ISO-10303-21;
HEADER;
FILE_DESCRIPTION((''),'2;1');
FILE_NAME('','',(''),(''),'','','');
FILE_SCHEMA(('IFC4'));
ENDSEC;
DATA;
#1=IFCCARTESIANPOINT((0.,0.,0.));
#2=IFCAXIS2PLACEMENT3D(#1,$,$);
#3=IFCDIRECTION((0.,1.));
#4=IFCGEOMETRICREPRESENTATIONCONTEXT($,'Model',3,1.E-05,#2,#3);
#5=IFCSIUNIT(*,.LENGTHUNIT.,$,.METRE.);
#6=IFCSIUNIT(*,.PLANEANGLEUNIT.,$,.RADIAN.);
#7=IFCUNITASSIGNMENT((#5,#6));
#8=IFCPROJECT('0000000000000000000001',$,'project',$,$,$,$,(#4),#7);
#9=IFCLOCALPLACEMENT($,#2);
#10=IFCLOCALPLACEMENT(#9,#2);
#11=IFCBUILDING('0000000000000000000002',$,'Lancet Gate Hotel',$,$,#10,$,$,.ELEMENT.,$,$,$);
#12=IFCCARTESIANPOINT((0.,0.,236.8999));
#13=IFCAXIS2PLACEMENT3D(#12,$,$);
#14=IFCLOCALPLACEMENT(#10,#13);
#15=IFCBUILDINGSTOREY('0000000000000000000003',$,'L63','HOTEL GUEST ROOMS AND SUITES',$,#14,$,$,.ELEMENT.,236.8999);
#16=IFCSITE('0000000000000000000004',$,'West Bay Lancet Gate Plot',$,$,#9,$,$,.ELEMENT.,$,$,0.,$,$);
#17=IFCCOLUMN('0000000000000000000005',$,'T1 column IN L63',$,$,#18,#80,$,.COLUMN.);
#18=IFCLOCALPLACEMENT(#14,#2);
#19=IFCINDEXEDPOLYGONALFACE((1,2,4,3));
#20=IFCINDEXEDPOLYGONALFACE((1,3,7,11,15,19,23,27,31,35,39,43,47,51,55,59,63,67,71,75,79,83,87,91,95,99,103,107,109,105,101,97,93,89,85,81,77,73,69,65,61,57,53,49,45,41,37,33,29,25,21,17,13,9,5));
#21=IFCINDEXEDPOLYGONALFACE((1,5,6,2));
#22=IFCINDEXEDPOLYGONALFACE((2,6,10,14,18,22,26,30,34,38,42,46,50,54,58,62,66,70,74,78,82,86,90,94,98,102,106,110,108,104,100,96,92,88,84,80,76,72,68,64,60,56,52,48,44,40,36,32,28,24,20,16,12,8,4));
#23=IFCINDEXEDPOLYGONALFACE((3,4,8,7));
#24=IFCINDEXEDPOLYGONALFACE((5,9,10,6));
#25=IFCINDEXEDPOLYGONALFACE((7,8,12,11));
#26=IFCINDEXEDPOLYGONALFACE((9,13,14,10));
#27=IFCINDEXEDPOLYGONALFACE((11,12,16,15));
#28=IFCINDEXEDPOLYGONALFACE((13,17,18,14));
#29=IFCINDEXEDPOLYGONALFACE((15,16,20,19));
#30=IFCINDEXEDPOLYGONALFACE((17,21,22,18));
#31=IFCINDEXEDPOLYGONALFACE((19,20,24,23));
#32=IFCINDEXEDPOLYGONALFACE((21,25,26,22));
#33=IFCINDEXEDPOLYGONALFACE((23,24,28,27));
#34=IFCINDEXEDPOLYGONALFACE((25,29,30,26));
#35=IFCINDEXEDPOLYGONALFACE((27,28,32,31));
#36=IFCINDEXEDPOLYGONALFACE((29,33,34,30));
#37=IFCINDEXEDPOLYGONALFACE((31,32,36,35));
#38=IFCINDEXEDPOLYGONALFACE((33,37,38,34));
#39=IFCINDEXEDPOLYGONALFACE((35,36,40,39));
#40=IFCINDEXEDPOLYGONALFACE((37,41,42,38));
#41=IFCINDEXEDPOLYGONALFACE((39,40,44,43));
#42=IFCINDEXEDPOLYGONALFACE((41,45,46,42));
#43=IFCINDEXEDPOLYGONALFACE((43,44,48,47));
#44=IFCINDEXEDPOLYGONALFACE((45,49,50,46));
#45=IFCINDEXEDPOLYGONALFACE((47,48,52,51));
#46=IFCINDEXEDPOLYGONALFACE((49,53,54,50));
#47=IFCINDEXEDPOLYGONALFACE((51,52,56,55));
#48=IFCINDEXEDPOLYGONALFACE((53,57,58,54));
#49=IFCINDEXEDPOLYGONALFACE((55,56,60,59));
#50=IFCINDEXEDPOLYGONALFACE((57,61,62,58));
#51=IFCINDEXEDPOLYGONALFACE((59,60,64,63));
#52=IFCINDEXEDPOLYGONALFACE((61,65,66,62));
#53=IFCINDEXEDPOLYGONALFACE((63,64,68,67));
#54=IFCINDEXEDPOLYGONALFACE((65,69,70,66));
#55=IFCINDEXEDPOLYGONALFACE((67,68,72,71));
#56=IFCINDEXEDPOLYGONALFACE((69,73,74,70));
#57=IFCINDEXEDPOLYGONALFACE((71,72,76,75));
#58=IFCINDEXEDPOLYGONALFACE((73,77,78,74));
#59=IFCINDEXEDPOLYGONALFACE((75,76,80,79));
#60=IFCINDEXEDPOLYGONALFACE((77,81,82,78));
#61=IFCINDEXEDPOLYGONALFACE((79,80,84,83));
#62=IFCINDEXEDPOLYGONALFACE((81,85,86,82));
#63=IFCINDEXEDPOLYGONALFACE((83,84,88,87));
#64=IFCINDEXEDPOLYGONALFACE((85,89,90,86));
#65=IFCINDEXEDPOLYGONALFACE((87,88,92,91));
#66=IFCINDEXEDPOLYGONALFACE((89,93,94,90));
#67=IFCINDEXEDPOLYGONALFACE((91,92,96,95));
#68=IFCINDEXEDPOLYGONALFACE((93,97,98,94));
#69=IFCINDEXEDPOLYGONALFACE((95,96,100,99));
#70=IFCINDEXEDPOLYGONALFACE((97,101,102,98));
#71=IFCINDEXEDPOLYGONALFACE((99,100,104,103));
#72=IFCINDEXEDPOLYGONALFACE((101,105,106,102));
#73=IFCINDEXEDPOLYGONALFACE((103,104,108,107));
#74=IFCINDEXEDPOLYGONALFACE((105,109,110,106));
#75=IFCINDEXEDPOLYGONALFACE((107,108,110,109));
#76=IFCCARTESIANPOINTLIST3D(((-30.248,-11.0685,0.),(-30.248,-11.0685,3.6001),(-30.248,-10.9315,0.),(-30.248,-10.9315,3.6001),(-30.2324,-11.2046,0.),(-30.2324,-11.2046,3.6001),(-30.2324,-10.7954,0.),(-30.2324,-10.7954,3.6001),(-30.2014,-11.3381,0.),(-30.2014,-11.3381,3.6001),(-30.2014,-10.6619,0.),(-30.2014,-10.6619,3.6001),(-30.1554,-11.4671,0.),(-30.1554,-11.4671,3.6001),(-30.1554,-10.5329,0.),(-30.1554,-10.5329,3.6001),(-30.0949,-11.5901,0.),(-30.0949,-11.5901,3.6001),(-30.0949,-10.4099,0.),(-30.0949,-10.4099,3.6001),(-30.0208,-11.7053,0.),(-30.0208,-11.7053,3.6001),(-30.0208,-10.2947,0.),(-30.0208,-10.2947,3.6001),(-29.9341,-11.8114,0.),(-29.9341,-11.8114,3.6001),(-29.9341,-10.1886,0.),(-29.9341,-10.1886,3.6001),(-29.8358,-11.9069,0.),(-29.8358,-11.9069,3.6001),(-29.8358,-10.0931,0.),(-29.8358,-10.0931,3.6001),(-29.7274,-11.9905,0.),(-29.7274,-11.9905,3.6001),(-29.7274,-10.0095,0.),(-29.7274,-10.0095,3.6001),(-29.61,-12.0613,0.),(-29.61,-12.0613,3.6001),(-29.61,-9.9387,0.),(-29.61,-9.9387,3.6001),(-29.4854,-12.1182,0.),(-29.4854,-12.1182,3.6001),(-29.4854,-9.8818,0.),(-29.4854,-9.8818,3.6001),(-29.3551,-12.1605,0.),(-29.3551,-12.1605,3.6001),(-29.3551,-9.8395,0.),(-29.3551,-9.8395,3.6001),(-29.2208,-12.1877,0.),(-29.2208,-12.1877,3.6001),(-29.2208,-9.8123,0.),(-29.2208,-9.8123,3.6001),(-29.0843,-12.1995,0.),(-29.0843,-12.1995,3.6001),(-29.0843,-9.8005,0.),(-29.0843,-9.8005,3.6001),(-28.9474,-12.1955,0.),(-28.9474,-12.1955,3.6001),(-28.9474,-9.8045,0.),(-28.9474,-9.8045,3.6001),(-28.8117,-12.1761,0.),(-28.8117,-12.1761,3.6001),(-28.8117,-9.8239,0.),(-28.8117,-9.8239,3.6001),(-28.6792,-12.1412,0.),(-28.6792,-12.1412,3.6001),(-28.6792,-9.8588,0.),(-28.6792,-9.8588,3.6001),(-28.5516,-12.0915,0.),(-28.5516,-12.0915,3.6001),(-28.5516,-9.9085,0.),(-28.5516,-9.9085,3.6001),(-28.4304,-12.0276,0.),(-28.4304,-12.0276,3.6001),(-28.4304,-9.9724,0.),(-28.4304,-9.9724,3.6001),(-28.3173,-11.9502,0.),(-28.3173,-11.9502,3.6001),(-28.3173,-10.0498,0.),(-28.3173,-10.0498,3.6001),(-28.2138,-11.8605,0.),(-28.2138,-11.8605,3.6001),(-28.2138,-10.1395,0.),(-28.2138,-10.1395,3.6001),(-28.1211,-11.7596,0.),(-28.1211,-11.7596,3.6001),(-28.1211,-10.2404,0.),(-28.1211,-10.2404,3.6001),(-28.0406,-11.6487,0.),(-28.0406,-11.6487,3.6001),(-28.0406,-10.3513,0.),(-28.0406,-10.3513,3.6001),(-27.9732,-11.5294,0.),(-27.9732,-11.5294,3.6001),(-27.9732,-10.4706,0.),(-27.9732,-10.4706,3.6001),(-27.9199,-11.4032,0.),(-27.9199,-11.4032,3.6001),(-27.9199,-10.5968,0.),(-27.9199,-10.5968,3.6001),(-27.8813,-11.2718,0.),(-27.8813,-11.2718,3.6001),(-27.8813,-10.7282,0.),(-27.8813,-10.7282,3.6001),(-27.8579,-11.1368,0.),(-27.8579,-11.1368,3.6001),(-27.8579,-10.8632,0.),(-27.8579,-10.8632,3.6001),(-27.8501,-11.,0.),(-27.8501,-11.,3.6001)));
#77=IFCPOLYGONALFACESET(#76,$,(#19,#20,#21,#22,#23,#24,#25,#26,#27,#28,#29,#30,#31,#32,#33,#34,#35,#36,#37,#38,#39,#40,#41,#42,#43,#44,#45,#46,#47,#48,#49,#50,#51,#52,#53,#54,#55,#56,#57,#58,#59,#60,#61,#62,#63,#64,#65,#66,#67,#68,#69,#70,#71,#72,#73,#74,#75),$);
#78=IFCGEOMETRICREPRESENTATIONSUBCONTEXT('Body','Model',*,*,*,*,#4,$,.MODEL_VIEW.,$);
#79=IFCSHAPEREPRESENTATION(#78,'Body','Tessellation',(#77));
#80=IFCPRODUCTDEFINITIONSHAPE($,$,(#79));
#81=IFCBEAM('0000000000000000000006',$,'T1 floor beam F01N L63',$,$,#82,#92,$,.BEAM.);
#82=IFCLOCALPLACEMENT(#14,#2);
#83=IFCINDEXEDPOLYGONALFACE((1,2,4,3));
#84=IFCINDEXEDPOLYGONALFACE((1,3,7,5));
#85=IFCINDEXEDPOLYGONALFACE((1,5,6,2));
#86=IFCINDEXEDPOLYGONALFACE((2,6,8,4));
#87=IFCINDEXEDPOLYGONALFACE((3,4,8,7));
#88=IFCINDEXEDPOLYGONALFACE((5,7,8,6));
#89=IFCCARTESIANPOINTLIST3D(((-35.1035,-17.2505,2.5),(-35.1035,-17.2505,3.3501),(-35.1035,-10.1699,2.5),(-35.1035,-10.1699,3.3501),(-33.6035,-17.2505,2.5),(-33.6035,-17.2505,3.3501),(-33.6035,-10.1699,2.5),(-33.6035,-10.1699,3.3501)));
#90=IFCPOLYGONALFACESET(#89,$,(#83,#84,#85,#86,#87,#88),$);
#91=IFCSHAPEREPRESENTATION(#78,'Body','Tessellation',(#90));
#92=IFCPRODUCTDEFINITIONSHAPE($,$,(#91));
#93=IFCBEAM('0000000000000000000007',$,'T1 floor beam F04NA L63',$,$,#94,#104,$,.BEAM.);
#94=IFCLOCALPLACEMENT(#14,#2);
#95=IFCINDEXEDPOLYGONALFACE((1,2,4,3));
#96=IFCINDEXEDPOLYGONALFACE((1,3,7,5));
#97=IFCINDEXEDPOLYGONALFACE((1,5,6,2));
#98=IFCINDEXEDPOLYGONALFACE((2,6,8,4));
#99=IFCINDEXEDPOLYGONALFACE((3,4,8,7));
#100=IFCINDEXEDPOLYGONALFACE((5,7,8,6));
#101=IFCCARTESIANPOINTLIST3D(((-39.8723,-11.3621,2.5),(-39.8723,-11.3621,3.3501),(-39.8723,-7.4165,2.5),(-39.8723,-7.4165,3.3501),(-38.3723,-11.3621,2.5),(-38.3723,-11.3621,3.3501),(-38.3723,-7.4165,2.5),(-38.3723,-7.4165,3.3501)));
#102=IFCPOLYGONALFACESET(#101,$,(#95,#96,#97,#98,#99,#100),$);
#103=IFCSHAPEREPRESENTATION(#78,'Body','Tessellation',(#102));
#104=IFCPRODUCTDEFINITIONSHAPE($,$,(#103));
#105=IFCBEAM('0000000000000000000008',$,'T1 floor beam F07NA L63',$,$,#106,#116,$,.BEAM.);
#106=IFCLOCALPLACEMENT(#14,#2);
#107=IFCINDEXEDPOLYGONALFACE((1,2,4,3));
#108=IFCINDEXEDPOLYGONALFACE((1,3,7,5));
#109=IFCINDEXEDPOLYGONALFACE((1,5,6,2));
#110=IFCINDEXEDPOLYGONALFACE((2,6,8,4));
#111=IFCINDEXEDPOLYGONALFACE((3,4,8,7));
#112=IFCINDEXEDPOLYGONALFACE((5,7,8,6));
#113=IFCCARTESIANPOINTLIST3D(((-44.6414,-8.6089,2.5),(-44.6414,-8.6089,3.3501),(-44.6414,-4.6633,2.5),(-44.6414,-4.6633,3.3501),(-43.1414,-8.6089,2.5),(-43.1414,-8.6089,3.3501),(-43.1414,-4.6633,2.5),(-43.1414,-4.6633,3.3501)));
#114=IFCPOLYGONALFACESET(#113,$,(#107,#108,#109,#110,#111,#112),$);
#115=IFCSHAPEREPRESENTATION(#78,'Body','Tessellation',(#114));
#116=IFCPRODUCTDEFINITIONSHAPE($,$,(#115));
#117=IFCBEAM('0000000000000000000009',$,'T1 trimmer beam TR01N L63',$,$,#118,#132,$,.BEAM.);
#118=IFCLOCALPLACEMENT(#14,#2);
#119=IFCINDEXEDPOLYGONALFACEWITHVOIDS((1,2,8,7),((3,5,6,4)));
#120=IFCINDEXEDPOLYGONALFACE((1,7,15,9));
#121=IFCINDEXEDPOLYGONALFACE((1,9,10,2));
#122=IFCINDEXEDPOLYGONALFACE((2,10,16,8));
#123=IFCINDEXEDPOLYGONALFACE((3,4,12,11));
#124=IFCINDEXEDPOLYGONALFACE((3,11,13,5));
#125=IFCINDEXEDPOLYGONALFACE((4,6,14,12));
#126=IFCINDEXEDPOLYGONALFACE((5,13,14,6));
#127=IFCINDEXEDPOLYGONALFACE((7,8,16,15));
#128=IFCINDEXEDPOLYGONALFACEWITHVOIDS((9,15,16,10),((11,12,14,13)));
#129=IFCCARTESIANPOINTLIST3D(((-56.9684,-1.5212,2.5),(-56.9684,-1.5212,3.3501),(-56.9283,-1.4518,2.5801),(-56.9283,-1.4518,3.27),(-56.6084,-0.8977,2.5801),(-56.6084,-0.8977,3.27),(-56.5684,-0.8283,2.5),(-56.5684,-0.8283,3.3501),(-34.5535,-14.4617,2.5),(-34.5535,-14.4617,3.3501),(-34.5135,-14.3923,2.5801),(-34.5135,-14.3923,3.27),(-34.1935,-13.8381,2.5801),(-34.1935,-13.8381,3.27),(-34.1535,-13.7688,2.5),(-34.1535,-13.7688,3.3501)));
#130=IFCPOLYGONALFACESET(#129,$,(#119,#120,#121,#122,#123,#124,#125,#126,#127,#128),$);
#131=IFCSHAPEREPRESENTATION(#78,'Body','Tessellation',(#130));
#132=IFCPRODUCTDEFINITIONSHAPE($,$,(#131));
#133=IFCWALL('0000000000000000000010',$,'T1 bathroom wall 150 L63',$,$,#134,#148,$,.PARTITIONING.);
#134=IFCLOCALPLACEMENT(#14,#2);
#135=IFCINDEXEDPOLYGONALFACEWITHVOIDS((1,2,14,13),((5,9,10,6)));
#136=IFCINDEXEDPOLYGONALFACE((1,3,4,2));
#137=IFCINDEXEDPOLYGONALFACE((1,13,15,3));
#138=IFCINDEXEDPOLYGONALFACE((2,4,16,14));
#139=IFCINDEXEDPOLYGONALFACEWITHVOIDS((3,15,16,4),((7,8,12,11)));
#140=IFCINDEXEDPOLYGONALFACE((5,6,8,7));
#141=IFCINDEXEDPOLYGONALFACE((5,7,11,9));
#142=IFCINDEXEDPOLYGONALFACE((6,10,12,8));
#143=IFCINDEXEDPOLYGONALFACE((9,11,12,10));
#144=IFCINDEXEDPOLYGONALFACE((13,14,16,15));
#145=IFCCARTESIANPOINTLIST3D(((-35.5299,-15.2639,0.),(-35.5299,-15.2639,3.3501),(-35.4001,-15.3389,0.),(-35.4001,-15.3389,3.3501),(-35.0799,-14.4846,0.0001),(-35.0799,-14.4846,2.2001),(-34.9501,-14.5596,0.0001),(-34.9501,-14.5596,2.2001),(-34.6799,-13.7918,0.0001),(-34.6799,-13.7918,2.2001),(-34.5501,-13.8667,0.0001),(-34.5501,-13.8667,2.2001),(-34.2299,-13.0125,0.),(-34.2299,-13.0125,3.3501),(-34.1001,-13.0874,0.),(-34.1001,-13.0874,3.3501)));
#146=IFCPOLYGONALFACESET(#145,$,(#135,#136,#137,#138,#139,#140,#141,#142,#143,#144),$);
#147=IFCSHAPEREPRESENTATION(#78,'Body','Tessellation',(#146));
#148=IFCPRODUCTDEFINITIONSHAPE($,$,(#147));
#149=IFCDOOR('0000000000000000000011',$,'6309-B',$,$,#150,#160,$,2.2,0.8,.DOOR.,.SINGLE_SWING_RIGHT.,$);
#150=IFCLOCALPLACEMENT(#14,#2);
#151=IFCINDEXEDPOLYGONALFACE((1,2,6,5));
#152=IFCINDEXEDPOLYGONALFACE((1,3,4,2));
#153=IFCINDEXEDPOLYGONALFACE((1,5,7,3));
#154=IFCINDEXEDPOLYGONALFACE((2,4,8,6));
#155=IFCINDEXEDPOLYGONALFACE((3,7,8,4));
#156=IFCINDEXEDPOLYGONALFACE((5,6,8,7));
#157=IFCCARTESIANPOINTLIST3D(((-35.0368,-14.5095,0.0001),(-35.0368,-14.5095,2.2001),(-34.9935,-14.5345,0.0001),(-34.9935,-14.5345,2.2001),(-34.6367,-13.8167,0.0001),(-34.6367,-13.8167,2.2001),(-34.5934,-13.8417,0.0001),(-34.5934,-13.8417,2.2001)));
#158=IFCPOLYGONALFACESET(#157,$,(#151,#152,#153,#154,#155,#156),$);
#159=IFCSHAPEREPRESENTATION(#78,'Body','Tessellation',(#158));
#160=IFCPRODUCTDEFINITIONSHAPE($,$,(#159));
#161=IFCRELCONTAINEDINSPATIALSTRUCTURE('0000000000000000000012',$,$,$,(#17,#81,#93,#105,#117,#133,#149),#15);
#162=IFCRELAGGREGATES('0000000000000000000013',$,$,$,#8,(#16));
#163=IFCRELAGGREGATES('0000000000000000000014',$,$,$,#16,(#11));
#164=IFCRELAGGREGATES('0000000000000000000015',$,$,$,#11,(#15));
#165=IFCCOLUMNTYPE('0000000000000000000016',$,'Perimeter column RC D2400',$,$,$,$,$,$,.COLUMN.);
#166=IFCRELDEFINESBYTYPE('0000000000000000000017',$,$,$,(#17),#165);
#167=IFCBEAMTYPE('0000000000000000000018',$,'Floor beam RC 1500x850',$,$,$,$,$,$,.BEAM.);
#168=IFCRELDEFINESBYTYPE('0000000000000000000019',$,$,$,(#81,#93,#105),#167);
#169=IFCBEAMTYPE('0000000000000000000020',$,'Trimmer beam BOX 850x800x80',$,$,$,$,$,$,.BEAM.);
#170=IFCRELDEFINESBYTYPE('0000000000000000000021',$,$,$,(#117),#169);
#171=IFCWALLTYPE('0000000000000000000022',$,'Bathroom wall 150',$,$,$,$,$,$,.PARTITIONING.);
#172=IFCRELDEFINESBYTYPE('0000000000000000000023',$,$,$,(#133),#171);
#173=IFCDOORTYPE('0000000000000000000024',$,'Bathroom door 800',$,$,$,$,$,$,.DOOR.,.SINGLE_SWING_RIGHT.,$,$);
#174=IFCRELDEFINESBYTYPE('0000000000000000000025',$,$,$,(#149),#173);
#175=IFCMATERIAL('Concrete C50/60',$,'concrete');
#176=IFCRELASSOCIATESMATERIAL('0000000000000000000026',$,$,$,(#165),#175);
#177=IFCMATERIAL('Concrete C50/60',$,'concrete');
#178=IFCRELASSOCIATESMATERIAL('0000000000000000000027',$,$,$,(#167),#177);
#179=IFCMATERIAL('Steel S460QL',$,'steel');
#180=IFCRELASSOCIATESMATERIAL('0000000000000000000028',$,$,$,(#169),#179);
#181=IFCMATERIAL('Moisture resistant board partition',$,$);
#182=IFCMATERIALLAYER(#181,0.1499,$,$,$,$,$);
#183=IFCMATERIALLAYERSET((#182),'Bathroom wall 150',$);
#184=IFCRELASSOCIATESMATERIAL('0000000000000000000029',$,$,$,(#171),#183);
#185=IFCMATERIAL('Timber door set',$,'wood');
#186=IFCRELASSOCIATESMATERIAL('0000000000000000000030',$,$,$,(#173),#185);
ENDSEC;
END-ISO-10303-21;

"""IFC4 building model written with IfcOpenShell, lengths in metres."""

from ifc_helpers import new_model, si_unit, direction, frame, frame_2d, origin, origin_2d, place, context, subcontext, project, spatial, rectangle, hollow_rectangle, circle, extrude, material, layer, layer_set, material_profile, profile_set, type_object, element, fill, save


model = new_model("IFC4")

# Units and contexts
model_context = context("Model", 3, precision=1e-05, world=origin(), true_north=direction((0.0, 1.0)))
body_context = subcontext(model_context, "Body", "Model", "MODEL_VIEW")
ifc_project = project(units=[si_unit("LENGTHUNIT", "METRE"), si_unit("PLANEANGLEUNIT", "RADIAN")], contexts=[model_context])

# Site, building, storey
site_placement = place(None, origin())
site = spatial("IfcSite", under=ifc_project, at=site_placement, Name="West Bay Lancet Gate Plot", CompositionType="ELEMENT", RefElevation=0.0)
building_placement = place(site_placement, origin())
building = spatial("IfcBuilding", under=site, at=building_placement, Name="Lancet Gate Hotel", CompositionType="ELEMENT")
storey_placement = place(building_placement, frame((0.0, 0.0, 236.8999)))
storey = spatial("IfcBuildingStorey", under=building, at=storey_placement, Name="L63", Description="HOTEL GUEST ROOMS AND SUITES", CompositionType="ELEMENT", Elevation=236.8999)

# Column
ifc_material_1 = material(Name="Concrete C50/60", Category="concrete")
ifc_material_profile_1 = material_profile(ifc_material_1, circle(Radius=1.2, at=origin_2d()), Name="RC D2400")
ifc_profile_set_1 = profile_set([ifc_material_profile_1], Name="Concrete C50/60")
column_type = type_object("IfcColumnType", Name="Perimeter column RC D2400", PredefinedType="COLUMN", material=ifc_profile_set_1)
column_placement = place(storey_placement, frame((-29.05, -11.0, 0.0), z_axis=(0.0, 0.0, 1.0), x_axis=(1.0, 0.0, 0.0)))
element("IfcColumn", 1, at=column_placement, inside=storey, type_object=column_type, Name="T1 column IN L63", PredefinedType="COLUMN", context=body_context, shape_type="SweptSolid", body=[
    extrude(circle(Radius=1.2, at=origin_2d()), origin(), (0.0, 0.0, 1.0), 3.6001),
])

# Beams
ifc_material_2 = material(Name="Concrete C50/60", Category="concrete")
ifc_material_profile_2 = material_profile(ifc_material_2, rectangle(XDim=1.5, YDim=0.8501, at=origin_2d()), Name="RC 1500x850")
ifc_profile_set_2 = profile_set([ifc_material_profile_2], Name="Concrete C50/60")
beam_type_1 = type_object("IfcBeamType", Name="Floor beam RC 1500x850", PredefinedType="BEAM", material=ifc_profile_set_2)
beam_1_placement = place(storey_placement, frame((-34.3535, -10.1699, 2.925), z_axis=(0.0, -1.0, 0.0), x_axis=(1.0, 0.0, 0.0)))
element("IfcBeam", 2, at=beam_1_placement, inside=storey, type_object=beam_type_1, Name="T1 floor beam F01N L63", PredefinedType="BEAM", context=body_context, shape_type="SweptSolid", body=[
    extrude(rectangle(XDim=1.5, YDim=0.8501, at=origin_2d()), origin(), (0.0, 0.0, 1.0), 7.0806),
])
for number, where, z_axis, x_axis, name in (
    (3, (-39.1223, -7.4165, 2.925), (0.0, -1.0, 0.0), (1.0, 0.0, 0.0), "T1 floor beam F04NA L63"),
    (4, (-43.8914, -4.6633, 2.925), (0.0, -1.0, 0.0), (1.0, 0.0, 0.0), "T1 floor beam F07NA L63"),
):
    element("IfcBeam", number, at=place(storey_placement, frame(where, z_axis=z_axis, x_axis=x_axis)), inside=storey, type_object=beam_type_1, Name=name, PredefinedType="BEAM", context=body_context, shape_type="SweptSolid", body=[
        extrude(rectangle(XDim=1.5, YDim=0.8501, at=origin_2d()), origin(), (0.0, 0.0, 1.0), 3.9456),
    ])
ifc_material_3 = material(Name="Steel S460QL", Category="steel")
ifc_material_profile_3 = material_profile(ifc_material_3, hollow_rectangle(XDim=0.8, YDim=0.8501, WallThickness=0.0801, at=origin_2d()), Name="BOX 850x800x80")
ifc_profile_set_3 = profile_set([ifc_material_profile_3], Name="Steel S460QL")
beam_type_2 = type_object("IfcBeamType", Name="Trimmer beam BOX 850x800x80", PredefinedType="BEAM", material=ifc_profile_set_3)
beam_2_placement = place(storey_placement, frame((-34.3535, -14.1152, 2.925), z_axis=(-0.866038, 0.499978, 0.0), x_axis=(-0.499978, -0.866038, 0.0)))
element("IfcBeam", 5, at=beam_2_placement, inside=storey, type_object=beam_type_2, Name="T1 trimmer beam TR01N L63", PredefinedType="BEAM", context=body_context, shape_type="SweptSolid", body=[
    extrude(hollow_rectangle(XDim=0.8, YDim=0.8501, WallThickness=0.0801, at=origin_2d()), origin(), (0.0, 0.0, 1.0), 25.8821),
])

# Wall, opening, door
ifc_material_4 = material(Name="Moisture resistant board partition")
ifc_layer_1 = layer(ifc_material_4, 0.1499)
ifc_layer_set_1 = layer_set([ifc_layer_1], Name="Bathroom wall 150")
wall_type_1 = type_object("IfcWallType", Name="Bathroom wall 150", PredefinedType="PARTITIONING", material=ifc_layer_set_1)
wall_1_placement = place(storey_placement, frame((-34.165, -13.05, 0.0), z_axis=(0.0, 0.0, 1.0), x_axis=(-0.500048, -0.865998, 0.0)))
wall_1 = element("IfcWall", 6, at=wall_1_placement, inside=storey, type_object=wall_type_1, Name="T1 bathroom wall 150 L63", PredefinedType="PARTITIONING", context=body_context, shape_type="SweptSolid", body=[
    extrude(rectangle(XDim=2.5999, YDim=0.1499, at=frame_2d((1.2998, 0.0))), origin(), (0.0, 0.0, 1.0), 3.3501),
])
opening_1_placement = place(wall_1_placement, frame((0.8999, 0.0, 0.0)))
opening_1 = element("IfcOpeningElement", 7, at=opening_1_placement, cuts=wall_1, PredefinedType="OPENING", context=body_context, shape_type="SweptSolid", body=[
    extrude(rectangle(XDim=0.8, YDim=2.2, at=frame_2d((0.3999, 1.1001))), frame((0.0, 0.085, 0.0), z_axis=(0.0, -1.0, 0.0), x_axis=(1.0, 0.0, 0.0)), (0.0, 0.0, 1.0), 0.1699),
])
ifc_material_5 = material(Name="Timber door set", Category="wood")
door_type_1 = type_object("IfcDoorType", Name="Bathroom door 800", OperationType="SINGLE_SWING_RIGHT", PredefinedType="DOOR", material=ifc_material_5)
door_1_placement = place(opening_1_placement, origin())
door_1 = element("IfcDoor", 8, at=door_1_placement, inside=storey, type_object=door_type_1, Name="6309-B", OperationType="SINGLE_SWING_RIGHT", OverallHeight=2.2, OverallWidth=0.8, PredefinedType="DOOR", context=body_context, shape_type="SweptSolid", body=[
    extrude(rectangle(XDim=0.8, YDim=2.2, at=frame_2d((0.3999, 1.1001))), frame((0.0, 0.0249, 0.0), z_axis=(0.0, -1.0, 0.0), x_axis=(1.0, 0.0, 0.0)), (0.0, 0.0, 1.0), 0.05),
])
fill(opening_1, door_1)

save(model, "model.ifc")
